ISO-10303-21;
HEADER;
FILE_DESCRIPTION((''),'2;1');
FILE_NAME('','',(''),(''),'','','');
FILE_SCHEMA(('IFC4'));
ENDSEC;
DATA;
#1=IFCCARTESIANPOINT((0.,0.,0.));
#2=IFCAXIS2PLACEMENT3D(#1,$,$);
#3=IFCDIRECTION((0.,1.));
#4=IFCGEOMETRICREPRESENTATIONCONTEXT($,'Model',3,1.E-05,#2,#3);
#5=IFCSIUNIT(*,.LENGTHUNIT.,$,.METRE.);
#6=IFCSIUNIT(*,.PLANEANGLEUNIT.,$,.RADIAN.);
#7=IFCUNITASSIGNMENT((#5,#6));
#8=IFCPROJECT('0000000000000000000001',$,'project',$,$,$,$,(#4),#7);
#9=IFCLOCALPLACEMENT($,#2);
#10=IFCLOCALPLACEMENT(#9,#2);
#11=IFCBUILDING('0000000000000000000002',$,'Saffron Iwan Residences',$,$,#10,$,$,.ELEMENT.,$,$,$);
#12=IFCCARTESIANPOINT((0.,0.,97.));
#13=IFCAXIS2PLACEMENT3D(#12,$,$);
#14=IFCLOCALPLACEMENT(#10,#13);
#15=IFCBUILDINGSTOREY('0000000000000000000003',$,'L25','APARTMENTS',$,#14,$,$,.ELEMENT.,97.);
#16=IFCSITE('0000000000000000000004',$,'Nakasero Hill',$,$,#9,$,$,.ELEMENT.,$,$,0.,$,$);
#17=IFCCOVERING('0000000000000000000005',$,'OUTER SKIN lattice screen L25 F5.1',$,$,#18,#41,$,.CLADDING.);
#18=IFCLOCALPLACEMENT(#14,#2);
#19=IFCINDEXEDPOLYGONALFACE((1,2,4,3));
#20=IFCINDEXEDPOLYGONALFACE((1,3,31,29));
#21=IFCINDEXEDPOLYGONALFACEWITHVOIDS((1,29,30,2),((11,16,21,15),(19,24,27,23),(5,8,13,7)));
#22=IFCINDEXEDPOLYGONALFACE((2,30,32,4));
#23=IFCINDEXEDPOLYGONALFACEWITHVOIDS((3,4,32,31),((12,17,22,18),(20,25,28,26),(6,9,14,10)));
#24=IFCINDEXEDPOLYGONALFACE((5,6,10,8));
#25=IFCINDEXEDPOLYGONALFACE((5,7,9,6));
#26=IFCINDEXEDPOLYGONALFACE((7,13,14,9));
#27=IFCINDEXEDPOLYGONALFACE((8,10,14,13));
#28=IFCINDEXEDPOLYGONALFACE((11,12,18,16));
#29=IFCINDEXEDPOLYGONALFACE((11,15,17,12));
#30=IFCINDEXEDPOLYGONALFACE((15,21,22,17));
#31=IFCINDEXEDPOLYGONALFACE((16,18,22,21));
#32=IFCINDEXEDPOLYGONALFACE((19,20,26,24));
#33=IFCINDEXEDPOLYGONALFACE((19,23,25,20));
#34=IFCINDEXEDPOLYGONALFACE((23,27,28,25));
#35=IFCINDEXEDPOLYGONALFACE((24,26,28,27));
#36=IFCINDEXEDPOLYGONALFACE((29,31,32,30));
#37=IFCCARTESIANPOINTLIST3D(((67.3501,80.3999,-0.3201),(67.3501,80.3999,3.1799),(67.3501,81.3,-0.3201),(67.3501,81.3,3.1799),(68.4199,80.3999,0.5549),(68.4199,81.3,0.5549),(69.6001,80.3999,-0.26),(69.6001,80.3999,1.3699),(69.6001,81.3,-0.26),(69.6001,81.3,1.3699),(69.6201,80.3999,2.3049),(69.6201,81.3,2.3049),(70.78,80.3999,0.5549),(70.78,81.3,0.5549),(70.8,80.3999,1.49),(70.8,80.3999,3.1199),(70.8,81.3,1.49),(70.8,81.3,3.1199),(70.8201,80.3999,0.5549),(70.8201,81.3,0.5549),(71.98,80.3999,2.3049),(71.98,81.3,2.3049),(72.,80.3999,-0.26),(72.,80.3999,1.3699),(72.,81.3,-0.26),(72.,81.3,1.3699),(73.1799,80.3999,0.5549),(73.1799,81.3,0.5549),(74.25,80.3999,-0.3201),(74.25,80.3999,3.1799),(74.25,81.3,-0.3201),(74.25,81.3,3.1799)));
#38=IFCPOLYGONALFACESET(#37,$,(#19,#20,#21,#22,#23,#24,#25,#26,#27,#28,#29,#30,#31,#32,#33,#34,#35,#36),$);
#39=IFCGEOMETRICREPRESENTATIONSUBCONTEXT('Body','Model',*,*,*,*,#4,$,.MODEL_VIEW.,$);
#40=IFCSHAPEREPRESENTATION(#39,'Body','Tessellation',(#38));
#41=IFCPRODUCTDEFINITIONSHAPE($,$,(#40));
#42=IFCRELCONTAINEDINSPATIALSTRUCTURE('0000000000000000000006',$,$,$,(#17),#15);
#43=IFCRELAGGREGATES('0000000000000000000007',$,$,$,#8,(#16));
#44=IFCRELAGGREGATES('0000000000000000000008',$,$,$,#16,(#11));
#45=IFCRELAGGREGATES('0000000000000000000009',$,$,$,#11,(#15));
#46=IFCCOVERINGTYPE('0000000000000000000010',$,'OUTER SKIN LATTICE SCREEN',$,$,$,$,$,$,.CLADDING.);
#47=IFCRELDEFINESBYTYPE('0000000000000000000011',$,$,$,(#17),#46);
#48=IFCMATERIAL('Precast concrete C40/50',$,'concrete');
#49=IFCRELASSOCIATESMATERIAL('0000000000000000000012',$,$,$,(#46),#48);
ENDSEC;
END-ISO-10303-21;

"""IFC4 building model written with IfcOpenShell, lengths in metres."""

from ifc_helpers import new_model, si_unit, direction, frame, origin, place, context, subcontext, project, spatial, polyline, outline, extrude, material, type_object, element, save


model = new_model("IFC4")

# Units and contexts
model_context = context("Model", 3, precision=1e-05, world=origin(), true_north=direction((0.0, 1.0)))
body_context = subcontext(model_context, "Body", "Model", "MODEL_VIEW")
ifc_project = project(units=[si_unit("LENGTHUNIT", "METRE"), si_unit("PLANEANGLEUNIT", "RADIAN")], contexts=[model_context])

# Site, building, storey
site_placement = place(None, origin())
site = spatial("IfcSite", under=ifc_project, at=site_placement, Name="Nakasero Hill", CompositionType="ELEMENT", RefElevation=0.0)
building_placement = place(site_placement, origin())
building = spatial("IfcBuilding", under=site, at=building_placement, Name="Saffron Iwan Residences", CompositionType="ELEMENT")
storey_placement = place(building_placement, frame((0.0, 0.0, 97.0)))
storey = spatial("IfcBuildingStorey", under=building, at=storey_placement, Name="L25", Description="APARTMENTS", CompositionType="ELEMENT", Elevation=97.0)

# Covering
ifc_material_1 = material(Name="Precast concrete C40/50", Category="concrete")
covering_type = type_object("IfcCoveringType", Name="OUTER SKIN LATTICE SCREEN", PredefinedType="CLADDING", material=ifc_material_1)
covering_placement = place(storey_placement, frame((74.25, 80.3999, -0.3201), z_axis=(0.0, 1.0, 0.0), x_axis=(-1.0, 0.0, 0.0)))
element("IfcCovering", 1, at=covering_placement, inside=storey, type_object=covering_type, Name="OUTER SKIN lattice screen L25 F5.1", PredefinedType="CLADDING", context=body_context, shape_type="SweptSolid", body=[
    extrude(outline(polyline([(0.0, 0.0), (6.8999, 0.0), (6.8999, 3.5), (0.0, 3.5), (0.0, 0.0)]), holes=[polyline([(1.0701, 0.875), (2.25, 0.0601), (3.4299, 0.875), (2.25, 1.6899), (1.0701, 0.875)]), polyline([(3.47, 0.875), (4.6499, 0.0601), (5.8301, 0.875), (4.6499, 1.6899), (3.47, 0.875)]), polyline([(2.27, 2.625), (3.45, 1.8101), (4.6299, 2.625), (3.45, 3.4399), (2.27, 2.625)])]), origin(), (0.0, 0.0, 1.0), 0.9001),
])

save(model, "model.ifc")
